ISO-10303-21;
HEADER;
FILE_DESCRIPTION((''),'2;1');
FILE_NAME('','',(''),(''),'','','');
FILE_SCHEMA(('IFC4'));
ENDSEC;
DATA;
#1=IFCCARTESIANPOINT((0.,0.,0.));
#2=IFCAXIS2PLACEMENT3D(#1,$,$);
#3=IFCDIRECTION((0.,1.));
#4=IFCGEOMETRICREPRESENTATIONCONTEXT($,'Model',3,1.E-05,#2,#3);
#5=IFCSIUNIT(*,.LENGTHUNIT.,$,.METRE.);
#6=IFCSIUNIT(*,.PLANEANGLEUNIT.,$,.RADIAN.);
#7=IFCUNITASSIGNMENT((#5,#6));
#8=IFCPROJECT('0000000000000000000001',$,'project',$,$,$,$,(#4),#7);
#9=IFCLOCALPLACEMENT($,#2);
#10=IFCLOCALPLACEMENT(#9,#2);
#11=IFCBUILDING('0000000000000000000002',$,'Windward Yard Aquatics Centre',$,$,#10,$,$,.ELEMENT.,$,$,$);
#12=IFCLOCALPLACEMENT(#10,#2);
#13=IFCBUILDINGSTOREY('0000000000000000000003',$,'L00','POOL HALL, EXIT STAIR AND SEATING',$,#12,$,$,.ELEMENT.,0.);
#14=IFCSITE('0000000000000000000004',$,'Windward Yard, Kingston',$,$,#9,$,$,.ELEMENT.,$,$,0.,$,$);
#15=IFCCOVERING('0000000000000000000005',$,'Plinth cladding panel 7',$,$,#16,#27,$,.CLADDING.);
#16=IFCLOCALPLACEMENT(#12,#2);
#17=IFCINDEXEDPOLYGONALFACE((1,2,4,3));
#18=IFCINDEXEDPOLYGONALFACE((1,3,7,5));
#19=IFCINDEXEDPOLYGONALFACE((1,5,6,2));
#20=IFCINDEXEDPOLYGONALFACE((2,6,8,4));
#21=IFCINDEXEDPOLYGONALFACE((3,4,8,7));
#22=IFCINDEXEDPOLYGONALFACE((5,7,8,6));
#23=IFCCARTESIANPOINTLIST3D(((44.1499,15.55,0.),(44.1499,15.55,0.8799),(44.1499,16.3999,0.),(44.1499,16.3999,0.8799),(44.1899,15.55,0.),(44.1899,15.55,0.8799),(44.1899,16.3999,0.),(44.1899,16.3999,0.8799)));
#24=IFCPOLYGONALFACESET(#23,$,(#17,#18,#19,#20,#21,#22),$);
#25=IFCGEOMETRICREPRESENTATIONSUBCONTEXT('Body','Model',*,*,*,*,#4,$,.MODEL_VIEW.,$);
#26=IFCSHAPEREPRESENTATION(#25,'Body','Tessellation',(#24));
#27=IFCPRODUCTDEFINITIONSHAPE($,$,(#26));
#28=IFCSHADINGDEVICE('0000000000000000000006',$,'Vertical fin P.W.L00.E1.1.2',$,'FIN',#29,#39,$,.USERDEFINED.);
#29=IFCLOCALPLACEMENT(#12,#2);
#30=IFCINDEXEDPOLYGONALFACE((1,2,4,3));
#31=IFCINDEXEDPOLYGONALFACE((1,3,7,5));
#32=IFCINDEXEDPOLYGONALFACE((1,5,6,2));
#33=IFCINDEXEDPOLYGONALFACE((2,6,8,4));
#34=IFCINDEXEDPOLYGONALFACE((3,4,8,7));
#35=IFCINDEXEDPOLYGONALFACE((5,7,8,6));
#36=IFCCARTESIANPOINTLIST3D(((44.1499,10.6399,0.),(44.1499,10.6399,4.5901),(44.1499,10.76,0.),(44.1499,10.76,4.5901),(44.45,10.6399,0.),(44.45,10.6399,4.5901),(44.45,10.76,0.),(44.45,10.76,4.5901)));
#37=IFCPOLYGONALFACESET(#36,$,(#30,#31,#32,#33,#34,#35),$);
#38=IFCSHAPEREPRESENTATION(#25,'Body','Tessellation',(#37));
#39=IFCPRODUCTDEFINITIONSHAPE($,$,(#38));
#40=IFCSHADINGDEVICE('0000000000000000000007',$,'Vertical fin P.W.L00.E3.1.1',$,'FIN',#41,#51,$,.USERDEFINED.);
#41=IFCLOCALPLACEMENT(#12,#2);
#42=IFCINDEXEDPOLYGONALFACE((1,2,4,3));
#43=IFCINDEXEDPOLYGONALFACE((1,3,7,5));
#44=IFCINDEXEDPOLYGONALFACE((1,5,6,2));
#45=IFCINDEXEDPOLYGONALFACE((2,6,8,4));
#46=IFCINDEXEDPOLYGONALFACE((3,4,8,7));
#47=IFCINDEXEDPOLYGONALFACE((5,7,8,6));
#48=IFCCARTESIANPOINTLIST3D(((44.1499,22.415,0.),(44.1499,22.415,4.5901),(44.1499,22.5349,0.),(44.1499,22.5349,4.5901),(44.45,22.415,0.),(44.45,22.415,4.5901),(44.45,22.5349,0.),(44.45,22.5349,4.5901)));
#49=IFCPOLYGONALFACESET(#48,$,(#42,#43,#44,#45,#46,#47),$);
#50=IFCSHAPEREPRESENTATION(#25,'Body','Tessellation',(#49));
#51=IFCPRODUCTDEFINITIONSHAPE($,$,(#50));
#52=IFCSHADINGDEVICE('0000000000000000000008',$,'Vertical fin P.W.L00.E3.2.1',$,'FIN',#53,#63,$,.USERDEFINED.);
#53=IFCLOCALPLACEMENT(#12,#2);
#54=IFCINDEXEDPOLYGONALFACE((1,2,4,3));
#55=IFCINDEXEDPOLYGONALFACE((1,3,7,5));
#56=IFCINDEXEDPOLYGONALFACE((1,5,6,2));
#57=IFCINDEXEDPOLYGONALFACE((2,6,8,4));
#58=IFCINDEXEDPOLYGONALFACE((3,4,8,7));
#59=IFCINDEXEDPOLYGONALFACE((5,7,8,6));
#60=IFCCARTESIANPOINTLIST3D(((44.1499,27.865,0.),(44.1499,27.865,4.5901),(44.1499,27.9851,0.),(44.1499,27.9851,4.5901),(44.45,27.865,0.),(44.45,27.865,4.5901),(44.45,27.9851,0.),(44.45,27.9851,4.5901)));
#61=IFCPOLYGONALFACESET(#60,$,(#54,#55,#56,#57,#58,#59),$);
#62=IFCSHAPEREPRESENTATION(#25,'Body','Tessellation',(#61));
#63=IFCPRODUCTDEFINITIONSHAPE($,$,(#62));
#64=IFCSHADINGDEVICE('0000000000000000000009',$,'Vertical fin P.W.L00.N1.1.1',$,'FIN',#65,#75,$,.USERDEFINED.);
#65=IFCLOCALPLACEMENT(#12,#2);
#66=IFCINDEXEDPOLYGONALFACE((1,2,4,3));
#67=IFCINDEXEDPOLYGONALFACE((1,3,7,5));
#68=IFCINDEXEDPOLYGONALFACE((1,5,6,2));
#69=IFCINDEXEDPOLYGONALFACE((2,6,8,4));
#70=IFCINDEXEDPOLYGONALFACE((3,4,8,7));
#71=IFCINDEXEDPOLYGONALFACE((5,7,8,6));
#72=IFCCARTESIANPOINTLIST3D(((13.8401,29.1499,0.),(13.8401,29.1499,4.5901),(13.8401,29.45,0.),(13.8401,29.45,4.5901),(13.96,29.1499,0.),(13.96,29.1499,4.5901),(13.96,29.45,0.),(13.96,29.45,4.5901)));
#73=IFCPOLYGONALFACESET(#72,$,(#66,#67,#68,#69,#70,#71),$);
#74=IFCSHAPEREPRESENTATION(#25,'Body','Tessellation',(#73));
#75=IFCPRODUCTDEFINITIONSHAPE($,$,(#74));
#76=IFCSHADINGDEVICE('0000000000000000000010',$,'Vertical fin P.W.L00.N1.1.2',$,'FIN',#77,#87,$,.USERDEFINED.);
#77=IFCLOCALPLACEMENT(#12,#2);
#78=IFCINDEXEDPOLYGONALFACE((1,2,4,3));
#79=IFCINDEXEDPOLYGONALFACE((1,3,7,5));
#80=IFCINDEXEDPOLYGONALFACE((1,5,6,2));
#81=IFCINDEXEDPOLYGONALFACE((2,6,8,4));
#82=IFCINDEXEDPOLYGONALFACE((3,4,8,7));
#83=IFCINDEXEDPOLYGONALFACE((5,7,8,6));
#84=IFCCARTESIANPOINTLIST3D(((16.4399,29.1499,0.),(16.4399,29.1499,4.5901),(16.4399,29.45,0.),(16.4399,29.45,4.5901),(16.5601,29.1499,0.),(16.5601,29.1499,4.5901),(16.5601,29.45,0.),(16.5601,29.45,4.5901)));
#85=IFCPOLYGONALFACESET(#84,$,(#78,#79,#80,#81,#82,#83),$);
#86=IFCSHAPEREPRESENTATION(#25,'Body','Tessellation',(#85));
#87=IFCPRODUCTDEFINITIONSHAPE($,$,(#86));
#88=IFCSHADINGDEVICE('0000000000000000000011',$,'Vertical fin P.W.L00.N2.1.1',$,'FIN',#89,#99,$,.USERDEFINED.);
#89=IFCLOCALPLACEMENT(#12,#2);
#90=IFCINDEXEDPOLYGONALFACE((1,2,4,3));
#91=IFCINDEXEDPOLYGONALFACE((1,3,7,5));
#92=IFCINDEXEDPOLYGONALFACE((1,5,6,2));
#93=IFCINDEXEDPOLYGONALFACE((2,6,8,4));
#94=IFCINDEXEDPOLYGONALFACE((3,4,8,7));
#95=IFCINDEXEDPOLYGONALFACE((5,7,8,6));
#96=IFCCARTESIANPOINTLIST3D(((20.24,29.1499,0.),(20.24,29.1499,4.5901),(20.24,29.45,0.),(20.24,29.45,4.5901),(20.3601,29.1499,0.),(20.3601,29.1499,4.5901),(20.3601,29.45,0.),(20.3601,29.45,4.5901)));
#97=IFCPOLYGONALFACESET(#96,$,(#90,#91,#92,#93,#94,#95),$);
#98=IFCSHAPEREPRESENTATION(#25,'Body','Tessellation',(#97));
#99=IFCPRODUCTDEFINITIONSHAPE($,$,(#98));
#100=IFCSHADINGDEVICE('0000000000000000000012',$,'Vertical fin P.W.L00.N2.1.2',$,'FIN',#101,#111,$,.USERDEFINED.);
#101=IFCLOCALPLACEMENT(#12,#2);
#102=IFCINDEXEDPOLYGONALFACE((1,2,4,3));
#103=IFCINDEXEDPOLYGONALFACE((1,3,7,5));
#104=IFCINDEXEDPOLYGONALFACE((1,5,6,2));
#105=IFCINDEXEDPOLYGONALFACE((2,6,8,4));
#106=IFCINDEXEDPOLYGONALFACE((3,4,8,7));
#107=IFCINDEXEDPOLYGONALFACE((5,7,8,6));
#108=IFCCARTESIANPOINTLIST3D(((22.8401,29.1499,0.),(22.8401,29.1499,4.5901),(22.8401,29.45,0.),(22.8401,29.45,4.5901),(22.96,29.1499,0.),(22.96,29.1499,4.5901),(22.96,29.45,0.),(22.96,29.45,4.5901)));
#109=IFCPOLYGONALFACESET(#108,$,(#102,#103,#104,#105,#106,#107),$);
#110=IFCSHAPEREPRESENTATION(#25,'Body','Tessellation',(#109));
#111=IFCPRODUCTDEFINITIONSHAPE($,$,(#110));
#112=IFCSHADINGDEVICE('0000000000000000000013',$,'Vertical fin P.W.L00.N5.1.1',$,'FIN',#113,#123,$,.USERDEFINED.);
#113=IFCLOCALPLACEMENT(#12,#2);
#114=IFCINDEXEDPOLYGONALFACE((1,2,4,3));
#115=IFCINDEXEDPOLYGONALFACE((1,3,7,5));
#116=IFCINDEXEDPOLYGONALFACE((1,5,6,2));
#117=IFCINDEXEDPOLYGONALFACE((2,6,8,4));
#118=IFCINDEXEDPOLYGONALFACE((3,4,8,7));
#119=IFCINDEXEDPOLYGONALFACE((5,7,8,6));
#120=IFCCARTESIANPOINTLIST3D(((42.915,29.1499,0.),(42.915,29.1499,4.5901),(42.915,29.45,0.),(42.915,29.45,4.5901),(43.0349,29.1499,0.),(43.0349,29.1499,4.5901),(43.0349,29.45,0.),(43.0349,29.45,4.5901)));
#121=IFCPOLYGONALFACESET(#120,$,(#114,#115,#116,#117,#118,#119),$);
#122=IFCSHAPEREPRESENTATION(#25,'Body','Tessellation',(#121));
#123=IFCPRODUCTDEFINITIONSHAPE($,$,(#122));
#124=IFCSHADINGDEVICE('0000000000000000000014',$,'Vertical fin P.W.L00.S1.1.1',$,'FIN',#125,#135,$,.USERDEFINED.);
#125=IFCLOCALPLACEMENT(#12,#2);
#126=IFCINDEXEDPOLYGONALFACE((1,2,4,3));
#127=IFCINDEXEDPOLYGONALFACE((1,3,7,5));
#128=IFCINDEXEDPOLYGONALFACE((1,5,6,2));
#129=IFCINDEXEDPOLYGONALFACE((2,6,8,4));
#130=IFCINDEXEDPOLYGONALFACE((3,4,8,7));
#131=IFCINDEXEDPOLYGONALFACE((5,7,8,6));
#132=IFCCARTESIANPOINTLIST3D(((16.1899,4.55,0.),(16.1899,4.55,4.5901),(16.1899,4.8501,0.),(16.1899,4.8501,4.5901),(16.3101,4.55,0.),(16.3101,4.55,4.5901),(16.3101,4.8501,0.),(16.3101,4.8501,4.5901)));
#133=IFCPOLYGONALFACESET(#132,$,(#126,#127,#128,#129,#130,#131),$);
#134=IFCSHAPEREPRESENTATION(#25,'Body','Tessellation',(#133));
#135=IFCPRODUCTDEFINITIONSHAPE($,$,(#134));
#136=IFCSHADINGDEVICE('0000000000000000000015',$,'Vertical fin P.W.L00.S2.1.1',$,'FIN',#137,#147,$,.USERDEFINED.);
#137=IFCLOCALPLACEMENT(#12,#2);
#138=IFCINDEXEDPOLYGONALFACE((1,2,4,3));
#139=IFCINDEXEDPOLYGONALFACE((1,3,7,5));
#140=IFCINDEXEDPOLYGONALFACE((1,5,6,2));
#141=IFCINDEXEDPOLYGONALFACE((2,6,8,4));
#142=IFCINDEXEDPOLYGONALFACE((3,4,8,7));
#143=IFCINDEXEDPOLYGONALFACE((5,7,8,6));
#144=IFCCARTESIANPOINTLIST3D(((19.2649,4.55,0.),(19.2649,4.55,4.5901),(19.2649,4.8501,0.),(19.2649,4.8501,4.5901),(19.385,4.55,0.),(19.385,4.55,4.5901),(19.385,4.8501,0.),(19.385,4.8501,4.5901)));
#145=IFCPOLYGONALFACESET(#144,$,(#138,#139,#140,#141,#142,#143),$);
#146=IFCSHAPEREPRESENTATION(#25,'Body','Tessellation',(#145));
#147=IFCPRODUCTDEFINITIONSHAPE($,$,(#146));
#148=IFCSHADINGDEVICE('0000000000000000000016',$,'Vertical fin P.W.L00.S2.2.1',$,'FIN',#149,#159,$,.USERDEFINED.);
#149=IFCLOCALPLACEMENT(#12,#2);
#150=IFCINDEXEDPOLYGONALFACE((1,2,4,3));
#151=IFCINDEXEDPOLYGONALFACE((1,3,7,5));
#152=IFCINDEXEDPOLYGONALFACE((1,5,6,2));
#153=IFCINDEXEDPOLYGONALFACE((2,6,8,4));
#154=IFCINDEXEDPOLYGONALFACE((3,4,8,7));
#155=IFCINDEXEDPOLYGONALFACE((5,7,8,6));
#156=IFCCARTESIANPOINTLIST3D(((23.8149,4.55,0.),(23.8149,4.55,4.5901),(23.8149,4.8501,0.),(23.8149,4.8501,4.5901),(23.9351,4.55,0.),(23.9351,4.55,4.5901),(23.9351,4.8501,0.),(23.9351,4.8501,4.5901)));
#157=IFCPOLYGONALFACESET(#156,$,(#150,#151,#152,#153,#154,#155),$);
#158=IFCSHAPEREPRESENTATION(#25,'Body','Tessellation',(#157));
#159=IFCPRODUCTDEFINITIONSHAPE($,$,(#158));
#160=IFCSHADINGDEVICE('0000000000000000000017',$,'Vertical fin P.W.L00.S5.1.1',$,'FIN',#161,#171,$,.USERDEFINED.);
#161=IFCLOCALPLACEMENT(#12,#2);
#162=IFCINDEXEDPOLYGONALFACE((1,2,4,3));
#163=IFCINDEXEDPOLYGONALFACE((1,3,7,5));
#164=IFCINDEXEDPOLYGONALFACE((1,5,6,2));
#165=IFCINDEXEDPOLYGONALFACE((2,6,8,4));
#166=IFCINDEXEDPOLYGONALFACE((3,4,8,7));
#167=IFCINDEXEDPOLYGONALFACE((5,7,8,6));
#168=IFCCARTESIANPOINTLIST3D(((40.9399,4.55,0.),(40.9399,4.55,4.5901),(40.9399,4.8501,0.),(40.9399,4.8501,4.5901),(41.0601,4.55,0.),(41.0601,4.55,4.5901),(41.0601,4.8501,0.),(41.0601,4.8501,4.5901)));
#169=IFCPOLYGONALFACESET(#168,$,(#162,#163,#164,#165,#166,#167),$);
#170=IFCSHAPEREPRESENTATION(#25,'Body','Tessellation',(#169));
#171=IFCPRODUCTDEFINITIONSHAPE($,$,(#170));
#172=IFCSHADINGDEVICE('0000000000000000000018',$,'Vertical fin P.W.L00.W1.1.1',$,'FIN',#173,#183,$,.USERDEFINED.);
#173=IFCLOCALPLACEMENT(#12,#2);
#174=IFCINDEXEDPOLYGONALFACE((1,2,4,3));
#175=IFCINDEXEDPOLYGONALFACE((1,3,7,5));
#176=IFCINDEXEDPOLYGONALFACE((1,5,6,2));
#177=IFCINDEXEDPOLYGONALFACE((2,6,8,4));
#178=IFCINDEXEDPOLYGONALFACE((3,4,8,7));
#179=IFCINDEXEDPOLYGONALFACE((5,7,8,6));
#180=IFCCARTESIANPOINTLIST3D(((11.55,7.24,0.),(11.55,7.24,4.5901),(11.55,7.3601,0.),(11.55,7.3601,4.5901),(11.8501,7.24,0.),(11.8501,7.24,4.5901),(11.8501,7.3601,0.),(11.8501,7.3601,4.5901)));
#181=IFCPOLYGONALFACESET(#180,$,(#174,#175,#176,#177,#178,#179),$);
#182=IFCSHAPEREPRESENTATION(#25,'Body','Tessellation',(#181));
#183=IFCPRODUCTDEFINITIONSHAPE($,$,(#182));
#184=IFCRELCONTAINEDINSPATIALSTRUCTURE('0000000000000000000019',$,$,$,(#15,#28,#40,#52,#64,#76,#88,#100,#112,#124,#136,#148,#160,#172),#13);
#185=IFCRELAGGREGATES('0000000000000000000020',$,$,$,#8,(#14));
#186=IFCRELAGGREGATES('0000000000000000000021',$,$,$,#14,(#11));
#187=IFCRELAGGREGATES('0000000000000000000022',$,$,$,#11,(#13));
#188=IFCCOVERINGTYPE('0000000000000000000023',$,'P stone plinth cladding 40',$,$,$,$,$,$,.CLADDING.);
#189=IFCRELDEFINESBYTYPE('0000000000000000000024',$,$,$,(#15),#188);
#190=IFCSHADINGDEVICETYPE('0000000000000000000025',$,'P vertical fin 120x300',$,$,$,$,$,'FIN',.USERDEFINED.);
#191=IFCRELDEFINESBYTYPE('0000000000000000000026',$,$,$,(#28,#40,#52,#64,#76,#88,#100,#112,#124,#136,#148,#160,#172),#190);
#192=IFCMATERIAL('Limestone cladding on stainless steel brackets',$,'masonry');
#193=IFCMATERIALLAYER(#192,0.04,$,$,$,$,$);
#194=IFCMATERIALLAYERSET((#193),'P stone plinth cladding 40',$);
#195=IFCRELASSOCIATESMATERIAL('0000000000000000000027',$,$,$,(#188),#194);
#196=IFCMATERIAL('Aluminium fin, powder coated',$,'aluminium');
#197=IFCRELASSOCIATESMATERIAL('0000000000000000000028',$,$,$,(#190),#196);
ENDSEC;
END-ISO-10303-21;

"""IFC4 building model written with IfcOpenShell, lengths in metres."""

from ifc_helpers import new_model, si_unit, direction, origin, place, context, subcontext, project, spatial, polyline, outline, extrude, material, layer, layer_set, type_object, element, save


model = new_model("IFC4")

# Units and contexts
model_context = context("Model", 3, precision=1e-05, world=origin(), true_north=direction((0.0, 1.0)))
body_context = subcontext(model_context, "Body", "Model", "MODEL_VIEW")
ifc_project = project(units=[si_unit("LENGTHUNIT", "METRE"), si_unit("PLANEANGLEUNIT", "RADIAN")], contexts=[model_context])

# Site, building, storey
site_placement = place(None, origin())
site = spatial("IfcSite", under=ifc_project, at=site_placement, Name="Windward Yard, Kingston", CompositionType="ELEMENT", RefElevation=0.0)
building_placement = place(site_placement, origin())
building = spatial("IfcBuilding", under=site, at=building_placement, Name="Windward Yard Aquatics Centre", CompositionType="ELEMENT")
storey_placement = place(building_placement, origin())
storey = spatial("IfcBuildingStorey", under=building, at=storey_placement, Name="L00", Description="POOL HALL, EXIT STAIR AND SEATING", CompositionType="ELEMENT", Elevation=0.0)

# Covering
ifc_material_1 = material(Name="Limestone cladding on stainless steel brackets", Category="masonry")
ifc_layer_1 = layer(ifc_material_1, 0.04)
ifc_layer_set_1 = layer_set([ifc_layer_1], Name="P stone plinth cladding 40")
covering_type_1 = type_object("IfcCoveringType", Name="P stone plinth cladding 40", PredefinedType="CLADDING", material=ifc_layer_set_1)
covering_1_placement = place(storey_placement, origin())
element("IfcCovering", 1, at=covering_1_placement, inside=storey, type_object=covering_type_1, Name="Plinth cladding panel 7", PredefinedType="CLADDING", context=body_context, shape_type="SweptSolid", body=[
    extrude(outline(polyline([(44.1499, 15.55), (44.1499, 16.3999), (44.1899, 16.3999), (44.1899, 15.55), (44.1499, 15.55)])), origin(), (0.0, 0.0, 1.0), 0.8799),
])

# Shading devices
ifc_material_2 = material(Name="Aluminium fin, powder coated", Category="aluminium")
shading_device_type_1 = type_object("IfcShadingDeviceType", Name="P vertical fin 120x300", ElementType="FIN", PredefinedType="USERDEFINED", material=ifc_material_2)
shading_device_1_placement = place(storey_placement, origin())
element("IfcShadingDevice", 2, at=shading_device_1_placement, inside=storey, type_object=shading_device_type_1, Name="Vertical fin P.W.L00.E1.1.2", ObjectType="FIN", PredefinedType="USERDEFINED", context=body_context, shape_type="SweptSolid", body=[
    extrude(outline(polyline([(44.1499, 10.6399), (44.1499, 10.76), (44.45, 10.76), (44.45, 10.6399), (44.1499, 10.6399)])), origin(), (0.0, 0.0, 1.0), 4.5901),
])
shading_device_2_placement = place(storey_placement, origin())
element("IfcShadingDevice", 3, at=shading_device_2_placement, inside=storey, type_object=shading_device_type_1, Name="Vertical fin P.W.L00.E3.1.1", ObjectType="FIN", PredefinedType="USERDEFINED", context=body_context, shape_type="SweptSolid", body=[
    extrude(outline(polyline([(44.1499, 22.415), (44.1499, 22.5349), (44.45, 22.5349), (44.45, 22.415), (44.1499, 22.415)])), origin(), (0.0, 0.0, 1.0), 4.5901),
])
shading_device_3_placement = place(storey_placement, origin())
element("IfcShadingDevice", 4, at=shading_device_3_placement, inside=storey, type_object=shading_device_type_1, Name="Vertical fin P.W.L00.E3.2.1", ObjectType="FIN", PredefinedType="USERDEFINED", context=body_context, shape_type="SweptSolid", body=[
    extrude(outline(polyline([(44.1499, 27.865), (44.1499, 27.9851), (44.45, 27.9851), (44.45, 27.865), (44.1499, 27.865)])), origin(), (0.0, 0.0, 1.0), 4.5901),
])
shading_device_4_placement = place(storey_placement, origin())
element("IfcShadingDevice", 5, at=shading_device_4_placement, inside=storey, type_object=shading_device_type_1, Name="Vertical fin P.W.L00.N1.1.1", ObjectType="FIN", PredefinedType="USERDEFINED", context=body_context, shape_type="SweptSolid", body=[
    extrude(outline(polyline([(13.8401, 29.1499), (13.96, 29.1499), (13.96, 29.45), (13.8401, 29.45), (13.8401, 29.1499)])), origin(), (0.0, 0.0, 1.0), 4.5901),
])
shading_device_5_placement = place(storey_placement, origin())
element("IfcShadingDevice", 6, at=shading_device_5_placement, inside=storey, type_object=shading_device_type_1, Name="Vertical fin P.W.L00.N1.1.2", ObjectType="FIN", PredefinedType="USERDEFINED", context=body_context, shape_type="SweptSolid", body=[
    extrude(outline(polyline([(16.4399, 29.1499), (16.5601, 29.1499), (16.5601, 29.45), (16.4399, 29.45), (16.4399, 29.1499)])), origin(), (0.0, 0.0, 1.0), 4.5901),
])
shading_device_6_placement = place(storey_placement, origin())
element("IfcShadingDevice", 7, at=shading_device_6_placement, inside=storey, type_object=shading_device_type_1, Name="Vertical fin P.W.L00.N2.1.1", ObjectType="FIN", PredefinedType="USERDEFINED", context=body_context, shape_type="SweptSolid", body=[
    extrude(outline(polyline([(20.24, 29.1499), (20.3601, 29.1499), (20.3601, 29.45), (20.24, 29.45), (20.24, 29.1499)])), origin(), (0.0, 0.0, 1.0), 4.5901),
])
shading_device_7_placement = place(storey_placement, origin())
element("IfcShadingDevice", 8, at=shading_device_7_placement, inside=storey, type_object=shading_device_type_1, Name="Vertical fin P.W.L00.N2.1.2", ObjectType="FIN", PredefinedType="USERDEFINED", context=body_context, shape_type="SweptSolid", body=[
    extrude(outline(polyline([(22.8401, 29.1499), (22.96, 29.1499), (22.96, 29.45), (22.8401, 29.45), (22.8401, 29.1499)])), origin(), (0.0, 0.0, 1.0), 4.5901),
])
shading_device_8_placement = place(storey_placement, origin())
element("IfcShadingDevice", 9, at=shading_device_8_placement, inside=storey, type_object=shading_device_type_1, Name="Vertical fin P.W.L00.N5.1.1", ObjectType="FIN", PredefinedType="USERDEFINED", context=body_context, shape_type="SweptSolid", body=[
    extrude(outline(polyline([(42.915, 29.1499), (43.0349, 29.1499), (43.0349, 29.45), (42.915, 29.45), (42.915, 29.1499)])), origin(), (0.0, 0.0, 1.0), 4.5901),
])
shading_device_9_placement = place(storey_placement, origin())
element("IfcShadingDevice", 10, at=shading_device_9_placement, inside=storey, type_object=shading_device_type_1, Name="Vertical fin P.W.L00.S1.1.1", ObjectType="FIN", PredefinedType="USERDEFINED", context=body_context, shape_type="SweptSolid", body=[
    extrude(outline(polyline([(16.1899, 4.55), (16.1899, 4.8501), (16.3101, 4.8501), (16.3101, 4.55), (16.1899, 4.55)])), origin(), (0.0, 0.0, 1.0), 4.5901),
])
shading_device_10_placement = place(storey_placement, origin())
element("IfcShadingDevice", 11, at=shading_device_10_placement, inside=storey, type_object=shading_device_type_1, Name="Vertical fin P.W.L00.S2.1.1", ObjectType="FIN", PredefinedType="USERDEFINED", context=body_context, shape_type="SweptSolid", body=[
    extrude(outline(polyline([(19.2649, 4.55), (19.2649, 4.8501), (19.385, 4.8501), (19.385, 4.55), (19.2649, 4.55)])), origin(), (0.0, 0.0, 1.0), 4.5901),
])
shading_device_11_placement = place(storey_placement, origin())
element("IfcShadingDevice", 12, at=shading_device_11_placement, inside=storey, type_object=shading_device_type_1, Name="Vertical fin P.W.L00.S2.2.1", ObjectType="FIN", PredefinedType="USERDEFINED", context=body_context, shape_type="SweptSolid", body=[
    extrude(outline(polyline([(23.8149, 4.55), (23.8149, 4.8501), (23.9351, 4.8501), (23.9351, 4.55), (23.8149, 4.55)])), origin(), (0.0, 0.0, 1.0), 4.5901),
])
shading_device_12_placement = place(storey_placement, origin())
element("IfcShadingDevice", 13, at=shading_device_12_placement, inside=storey, type_object=shading_device_type_1, Name="Vertical fin P.W.L00.S5.1.1", ObjectType="FIN", PredefinedType="USERDEFINED", context=body_context, shape_type="SweptSolid", body=[
    extrude(outline(polyline([(40.9399, 4.55), (40.9399, 4.8501), (41.0601, 4.8501), (41.0601, 4.55), (40.9399, 4.55)])), origin(), (0.0, 0.0, 1.0), 4.5901),
])
shading_device_13_placement = place(storey_placement, origin())
element("IfcShadingDevice", 14, at=shading_device_13_placement, inside=storey, type_object=shading_device_type_1, Name="Vertical fin P.W.L00.W1.1.1", ObjectType="FIN", PredefinedType="USERDEFINED", context=body_context, shape_type="SweptSolid", body=[
    extrude(outline(polyline([(11.55, 7.24), (11.8501, 7.24), (11.8501, 7.3601), (11.55, 7.3601), (11.55, 7.24)])), origin(), (0.0, 0.0, 1.0), 4.5901),
])

save(model, "model.ifc")
